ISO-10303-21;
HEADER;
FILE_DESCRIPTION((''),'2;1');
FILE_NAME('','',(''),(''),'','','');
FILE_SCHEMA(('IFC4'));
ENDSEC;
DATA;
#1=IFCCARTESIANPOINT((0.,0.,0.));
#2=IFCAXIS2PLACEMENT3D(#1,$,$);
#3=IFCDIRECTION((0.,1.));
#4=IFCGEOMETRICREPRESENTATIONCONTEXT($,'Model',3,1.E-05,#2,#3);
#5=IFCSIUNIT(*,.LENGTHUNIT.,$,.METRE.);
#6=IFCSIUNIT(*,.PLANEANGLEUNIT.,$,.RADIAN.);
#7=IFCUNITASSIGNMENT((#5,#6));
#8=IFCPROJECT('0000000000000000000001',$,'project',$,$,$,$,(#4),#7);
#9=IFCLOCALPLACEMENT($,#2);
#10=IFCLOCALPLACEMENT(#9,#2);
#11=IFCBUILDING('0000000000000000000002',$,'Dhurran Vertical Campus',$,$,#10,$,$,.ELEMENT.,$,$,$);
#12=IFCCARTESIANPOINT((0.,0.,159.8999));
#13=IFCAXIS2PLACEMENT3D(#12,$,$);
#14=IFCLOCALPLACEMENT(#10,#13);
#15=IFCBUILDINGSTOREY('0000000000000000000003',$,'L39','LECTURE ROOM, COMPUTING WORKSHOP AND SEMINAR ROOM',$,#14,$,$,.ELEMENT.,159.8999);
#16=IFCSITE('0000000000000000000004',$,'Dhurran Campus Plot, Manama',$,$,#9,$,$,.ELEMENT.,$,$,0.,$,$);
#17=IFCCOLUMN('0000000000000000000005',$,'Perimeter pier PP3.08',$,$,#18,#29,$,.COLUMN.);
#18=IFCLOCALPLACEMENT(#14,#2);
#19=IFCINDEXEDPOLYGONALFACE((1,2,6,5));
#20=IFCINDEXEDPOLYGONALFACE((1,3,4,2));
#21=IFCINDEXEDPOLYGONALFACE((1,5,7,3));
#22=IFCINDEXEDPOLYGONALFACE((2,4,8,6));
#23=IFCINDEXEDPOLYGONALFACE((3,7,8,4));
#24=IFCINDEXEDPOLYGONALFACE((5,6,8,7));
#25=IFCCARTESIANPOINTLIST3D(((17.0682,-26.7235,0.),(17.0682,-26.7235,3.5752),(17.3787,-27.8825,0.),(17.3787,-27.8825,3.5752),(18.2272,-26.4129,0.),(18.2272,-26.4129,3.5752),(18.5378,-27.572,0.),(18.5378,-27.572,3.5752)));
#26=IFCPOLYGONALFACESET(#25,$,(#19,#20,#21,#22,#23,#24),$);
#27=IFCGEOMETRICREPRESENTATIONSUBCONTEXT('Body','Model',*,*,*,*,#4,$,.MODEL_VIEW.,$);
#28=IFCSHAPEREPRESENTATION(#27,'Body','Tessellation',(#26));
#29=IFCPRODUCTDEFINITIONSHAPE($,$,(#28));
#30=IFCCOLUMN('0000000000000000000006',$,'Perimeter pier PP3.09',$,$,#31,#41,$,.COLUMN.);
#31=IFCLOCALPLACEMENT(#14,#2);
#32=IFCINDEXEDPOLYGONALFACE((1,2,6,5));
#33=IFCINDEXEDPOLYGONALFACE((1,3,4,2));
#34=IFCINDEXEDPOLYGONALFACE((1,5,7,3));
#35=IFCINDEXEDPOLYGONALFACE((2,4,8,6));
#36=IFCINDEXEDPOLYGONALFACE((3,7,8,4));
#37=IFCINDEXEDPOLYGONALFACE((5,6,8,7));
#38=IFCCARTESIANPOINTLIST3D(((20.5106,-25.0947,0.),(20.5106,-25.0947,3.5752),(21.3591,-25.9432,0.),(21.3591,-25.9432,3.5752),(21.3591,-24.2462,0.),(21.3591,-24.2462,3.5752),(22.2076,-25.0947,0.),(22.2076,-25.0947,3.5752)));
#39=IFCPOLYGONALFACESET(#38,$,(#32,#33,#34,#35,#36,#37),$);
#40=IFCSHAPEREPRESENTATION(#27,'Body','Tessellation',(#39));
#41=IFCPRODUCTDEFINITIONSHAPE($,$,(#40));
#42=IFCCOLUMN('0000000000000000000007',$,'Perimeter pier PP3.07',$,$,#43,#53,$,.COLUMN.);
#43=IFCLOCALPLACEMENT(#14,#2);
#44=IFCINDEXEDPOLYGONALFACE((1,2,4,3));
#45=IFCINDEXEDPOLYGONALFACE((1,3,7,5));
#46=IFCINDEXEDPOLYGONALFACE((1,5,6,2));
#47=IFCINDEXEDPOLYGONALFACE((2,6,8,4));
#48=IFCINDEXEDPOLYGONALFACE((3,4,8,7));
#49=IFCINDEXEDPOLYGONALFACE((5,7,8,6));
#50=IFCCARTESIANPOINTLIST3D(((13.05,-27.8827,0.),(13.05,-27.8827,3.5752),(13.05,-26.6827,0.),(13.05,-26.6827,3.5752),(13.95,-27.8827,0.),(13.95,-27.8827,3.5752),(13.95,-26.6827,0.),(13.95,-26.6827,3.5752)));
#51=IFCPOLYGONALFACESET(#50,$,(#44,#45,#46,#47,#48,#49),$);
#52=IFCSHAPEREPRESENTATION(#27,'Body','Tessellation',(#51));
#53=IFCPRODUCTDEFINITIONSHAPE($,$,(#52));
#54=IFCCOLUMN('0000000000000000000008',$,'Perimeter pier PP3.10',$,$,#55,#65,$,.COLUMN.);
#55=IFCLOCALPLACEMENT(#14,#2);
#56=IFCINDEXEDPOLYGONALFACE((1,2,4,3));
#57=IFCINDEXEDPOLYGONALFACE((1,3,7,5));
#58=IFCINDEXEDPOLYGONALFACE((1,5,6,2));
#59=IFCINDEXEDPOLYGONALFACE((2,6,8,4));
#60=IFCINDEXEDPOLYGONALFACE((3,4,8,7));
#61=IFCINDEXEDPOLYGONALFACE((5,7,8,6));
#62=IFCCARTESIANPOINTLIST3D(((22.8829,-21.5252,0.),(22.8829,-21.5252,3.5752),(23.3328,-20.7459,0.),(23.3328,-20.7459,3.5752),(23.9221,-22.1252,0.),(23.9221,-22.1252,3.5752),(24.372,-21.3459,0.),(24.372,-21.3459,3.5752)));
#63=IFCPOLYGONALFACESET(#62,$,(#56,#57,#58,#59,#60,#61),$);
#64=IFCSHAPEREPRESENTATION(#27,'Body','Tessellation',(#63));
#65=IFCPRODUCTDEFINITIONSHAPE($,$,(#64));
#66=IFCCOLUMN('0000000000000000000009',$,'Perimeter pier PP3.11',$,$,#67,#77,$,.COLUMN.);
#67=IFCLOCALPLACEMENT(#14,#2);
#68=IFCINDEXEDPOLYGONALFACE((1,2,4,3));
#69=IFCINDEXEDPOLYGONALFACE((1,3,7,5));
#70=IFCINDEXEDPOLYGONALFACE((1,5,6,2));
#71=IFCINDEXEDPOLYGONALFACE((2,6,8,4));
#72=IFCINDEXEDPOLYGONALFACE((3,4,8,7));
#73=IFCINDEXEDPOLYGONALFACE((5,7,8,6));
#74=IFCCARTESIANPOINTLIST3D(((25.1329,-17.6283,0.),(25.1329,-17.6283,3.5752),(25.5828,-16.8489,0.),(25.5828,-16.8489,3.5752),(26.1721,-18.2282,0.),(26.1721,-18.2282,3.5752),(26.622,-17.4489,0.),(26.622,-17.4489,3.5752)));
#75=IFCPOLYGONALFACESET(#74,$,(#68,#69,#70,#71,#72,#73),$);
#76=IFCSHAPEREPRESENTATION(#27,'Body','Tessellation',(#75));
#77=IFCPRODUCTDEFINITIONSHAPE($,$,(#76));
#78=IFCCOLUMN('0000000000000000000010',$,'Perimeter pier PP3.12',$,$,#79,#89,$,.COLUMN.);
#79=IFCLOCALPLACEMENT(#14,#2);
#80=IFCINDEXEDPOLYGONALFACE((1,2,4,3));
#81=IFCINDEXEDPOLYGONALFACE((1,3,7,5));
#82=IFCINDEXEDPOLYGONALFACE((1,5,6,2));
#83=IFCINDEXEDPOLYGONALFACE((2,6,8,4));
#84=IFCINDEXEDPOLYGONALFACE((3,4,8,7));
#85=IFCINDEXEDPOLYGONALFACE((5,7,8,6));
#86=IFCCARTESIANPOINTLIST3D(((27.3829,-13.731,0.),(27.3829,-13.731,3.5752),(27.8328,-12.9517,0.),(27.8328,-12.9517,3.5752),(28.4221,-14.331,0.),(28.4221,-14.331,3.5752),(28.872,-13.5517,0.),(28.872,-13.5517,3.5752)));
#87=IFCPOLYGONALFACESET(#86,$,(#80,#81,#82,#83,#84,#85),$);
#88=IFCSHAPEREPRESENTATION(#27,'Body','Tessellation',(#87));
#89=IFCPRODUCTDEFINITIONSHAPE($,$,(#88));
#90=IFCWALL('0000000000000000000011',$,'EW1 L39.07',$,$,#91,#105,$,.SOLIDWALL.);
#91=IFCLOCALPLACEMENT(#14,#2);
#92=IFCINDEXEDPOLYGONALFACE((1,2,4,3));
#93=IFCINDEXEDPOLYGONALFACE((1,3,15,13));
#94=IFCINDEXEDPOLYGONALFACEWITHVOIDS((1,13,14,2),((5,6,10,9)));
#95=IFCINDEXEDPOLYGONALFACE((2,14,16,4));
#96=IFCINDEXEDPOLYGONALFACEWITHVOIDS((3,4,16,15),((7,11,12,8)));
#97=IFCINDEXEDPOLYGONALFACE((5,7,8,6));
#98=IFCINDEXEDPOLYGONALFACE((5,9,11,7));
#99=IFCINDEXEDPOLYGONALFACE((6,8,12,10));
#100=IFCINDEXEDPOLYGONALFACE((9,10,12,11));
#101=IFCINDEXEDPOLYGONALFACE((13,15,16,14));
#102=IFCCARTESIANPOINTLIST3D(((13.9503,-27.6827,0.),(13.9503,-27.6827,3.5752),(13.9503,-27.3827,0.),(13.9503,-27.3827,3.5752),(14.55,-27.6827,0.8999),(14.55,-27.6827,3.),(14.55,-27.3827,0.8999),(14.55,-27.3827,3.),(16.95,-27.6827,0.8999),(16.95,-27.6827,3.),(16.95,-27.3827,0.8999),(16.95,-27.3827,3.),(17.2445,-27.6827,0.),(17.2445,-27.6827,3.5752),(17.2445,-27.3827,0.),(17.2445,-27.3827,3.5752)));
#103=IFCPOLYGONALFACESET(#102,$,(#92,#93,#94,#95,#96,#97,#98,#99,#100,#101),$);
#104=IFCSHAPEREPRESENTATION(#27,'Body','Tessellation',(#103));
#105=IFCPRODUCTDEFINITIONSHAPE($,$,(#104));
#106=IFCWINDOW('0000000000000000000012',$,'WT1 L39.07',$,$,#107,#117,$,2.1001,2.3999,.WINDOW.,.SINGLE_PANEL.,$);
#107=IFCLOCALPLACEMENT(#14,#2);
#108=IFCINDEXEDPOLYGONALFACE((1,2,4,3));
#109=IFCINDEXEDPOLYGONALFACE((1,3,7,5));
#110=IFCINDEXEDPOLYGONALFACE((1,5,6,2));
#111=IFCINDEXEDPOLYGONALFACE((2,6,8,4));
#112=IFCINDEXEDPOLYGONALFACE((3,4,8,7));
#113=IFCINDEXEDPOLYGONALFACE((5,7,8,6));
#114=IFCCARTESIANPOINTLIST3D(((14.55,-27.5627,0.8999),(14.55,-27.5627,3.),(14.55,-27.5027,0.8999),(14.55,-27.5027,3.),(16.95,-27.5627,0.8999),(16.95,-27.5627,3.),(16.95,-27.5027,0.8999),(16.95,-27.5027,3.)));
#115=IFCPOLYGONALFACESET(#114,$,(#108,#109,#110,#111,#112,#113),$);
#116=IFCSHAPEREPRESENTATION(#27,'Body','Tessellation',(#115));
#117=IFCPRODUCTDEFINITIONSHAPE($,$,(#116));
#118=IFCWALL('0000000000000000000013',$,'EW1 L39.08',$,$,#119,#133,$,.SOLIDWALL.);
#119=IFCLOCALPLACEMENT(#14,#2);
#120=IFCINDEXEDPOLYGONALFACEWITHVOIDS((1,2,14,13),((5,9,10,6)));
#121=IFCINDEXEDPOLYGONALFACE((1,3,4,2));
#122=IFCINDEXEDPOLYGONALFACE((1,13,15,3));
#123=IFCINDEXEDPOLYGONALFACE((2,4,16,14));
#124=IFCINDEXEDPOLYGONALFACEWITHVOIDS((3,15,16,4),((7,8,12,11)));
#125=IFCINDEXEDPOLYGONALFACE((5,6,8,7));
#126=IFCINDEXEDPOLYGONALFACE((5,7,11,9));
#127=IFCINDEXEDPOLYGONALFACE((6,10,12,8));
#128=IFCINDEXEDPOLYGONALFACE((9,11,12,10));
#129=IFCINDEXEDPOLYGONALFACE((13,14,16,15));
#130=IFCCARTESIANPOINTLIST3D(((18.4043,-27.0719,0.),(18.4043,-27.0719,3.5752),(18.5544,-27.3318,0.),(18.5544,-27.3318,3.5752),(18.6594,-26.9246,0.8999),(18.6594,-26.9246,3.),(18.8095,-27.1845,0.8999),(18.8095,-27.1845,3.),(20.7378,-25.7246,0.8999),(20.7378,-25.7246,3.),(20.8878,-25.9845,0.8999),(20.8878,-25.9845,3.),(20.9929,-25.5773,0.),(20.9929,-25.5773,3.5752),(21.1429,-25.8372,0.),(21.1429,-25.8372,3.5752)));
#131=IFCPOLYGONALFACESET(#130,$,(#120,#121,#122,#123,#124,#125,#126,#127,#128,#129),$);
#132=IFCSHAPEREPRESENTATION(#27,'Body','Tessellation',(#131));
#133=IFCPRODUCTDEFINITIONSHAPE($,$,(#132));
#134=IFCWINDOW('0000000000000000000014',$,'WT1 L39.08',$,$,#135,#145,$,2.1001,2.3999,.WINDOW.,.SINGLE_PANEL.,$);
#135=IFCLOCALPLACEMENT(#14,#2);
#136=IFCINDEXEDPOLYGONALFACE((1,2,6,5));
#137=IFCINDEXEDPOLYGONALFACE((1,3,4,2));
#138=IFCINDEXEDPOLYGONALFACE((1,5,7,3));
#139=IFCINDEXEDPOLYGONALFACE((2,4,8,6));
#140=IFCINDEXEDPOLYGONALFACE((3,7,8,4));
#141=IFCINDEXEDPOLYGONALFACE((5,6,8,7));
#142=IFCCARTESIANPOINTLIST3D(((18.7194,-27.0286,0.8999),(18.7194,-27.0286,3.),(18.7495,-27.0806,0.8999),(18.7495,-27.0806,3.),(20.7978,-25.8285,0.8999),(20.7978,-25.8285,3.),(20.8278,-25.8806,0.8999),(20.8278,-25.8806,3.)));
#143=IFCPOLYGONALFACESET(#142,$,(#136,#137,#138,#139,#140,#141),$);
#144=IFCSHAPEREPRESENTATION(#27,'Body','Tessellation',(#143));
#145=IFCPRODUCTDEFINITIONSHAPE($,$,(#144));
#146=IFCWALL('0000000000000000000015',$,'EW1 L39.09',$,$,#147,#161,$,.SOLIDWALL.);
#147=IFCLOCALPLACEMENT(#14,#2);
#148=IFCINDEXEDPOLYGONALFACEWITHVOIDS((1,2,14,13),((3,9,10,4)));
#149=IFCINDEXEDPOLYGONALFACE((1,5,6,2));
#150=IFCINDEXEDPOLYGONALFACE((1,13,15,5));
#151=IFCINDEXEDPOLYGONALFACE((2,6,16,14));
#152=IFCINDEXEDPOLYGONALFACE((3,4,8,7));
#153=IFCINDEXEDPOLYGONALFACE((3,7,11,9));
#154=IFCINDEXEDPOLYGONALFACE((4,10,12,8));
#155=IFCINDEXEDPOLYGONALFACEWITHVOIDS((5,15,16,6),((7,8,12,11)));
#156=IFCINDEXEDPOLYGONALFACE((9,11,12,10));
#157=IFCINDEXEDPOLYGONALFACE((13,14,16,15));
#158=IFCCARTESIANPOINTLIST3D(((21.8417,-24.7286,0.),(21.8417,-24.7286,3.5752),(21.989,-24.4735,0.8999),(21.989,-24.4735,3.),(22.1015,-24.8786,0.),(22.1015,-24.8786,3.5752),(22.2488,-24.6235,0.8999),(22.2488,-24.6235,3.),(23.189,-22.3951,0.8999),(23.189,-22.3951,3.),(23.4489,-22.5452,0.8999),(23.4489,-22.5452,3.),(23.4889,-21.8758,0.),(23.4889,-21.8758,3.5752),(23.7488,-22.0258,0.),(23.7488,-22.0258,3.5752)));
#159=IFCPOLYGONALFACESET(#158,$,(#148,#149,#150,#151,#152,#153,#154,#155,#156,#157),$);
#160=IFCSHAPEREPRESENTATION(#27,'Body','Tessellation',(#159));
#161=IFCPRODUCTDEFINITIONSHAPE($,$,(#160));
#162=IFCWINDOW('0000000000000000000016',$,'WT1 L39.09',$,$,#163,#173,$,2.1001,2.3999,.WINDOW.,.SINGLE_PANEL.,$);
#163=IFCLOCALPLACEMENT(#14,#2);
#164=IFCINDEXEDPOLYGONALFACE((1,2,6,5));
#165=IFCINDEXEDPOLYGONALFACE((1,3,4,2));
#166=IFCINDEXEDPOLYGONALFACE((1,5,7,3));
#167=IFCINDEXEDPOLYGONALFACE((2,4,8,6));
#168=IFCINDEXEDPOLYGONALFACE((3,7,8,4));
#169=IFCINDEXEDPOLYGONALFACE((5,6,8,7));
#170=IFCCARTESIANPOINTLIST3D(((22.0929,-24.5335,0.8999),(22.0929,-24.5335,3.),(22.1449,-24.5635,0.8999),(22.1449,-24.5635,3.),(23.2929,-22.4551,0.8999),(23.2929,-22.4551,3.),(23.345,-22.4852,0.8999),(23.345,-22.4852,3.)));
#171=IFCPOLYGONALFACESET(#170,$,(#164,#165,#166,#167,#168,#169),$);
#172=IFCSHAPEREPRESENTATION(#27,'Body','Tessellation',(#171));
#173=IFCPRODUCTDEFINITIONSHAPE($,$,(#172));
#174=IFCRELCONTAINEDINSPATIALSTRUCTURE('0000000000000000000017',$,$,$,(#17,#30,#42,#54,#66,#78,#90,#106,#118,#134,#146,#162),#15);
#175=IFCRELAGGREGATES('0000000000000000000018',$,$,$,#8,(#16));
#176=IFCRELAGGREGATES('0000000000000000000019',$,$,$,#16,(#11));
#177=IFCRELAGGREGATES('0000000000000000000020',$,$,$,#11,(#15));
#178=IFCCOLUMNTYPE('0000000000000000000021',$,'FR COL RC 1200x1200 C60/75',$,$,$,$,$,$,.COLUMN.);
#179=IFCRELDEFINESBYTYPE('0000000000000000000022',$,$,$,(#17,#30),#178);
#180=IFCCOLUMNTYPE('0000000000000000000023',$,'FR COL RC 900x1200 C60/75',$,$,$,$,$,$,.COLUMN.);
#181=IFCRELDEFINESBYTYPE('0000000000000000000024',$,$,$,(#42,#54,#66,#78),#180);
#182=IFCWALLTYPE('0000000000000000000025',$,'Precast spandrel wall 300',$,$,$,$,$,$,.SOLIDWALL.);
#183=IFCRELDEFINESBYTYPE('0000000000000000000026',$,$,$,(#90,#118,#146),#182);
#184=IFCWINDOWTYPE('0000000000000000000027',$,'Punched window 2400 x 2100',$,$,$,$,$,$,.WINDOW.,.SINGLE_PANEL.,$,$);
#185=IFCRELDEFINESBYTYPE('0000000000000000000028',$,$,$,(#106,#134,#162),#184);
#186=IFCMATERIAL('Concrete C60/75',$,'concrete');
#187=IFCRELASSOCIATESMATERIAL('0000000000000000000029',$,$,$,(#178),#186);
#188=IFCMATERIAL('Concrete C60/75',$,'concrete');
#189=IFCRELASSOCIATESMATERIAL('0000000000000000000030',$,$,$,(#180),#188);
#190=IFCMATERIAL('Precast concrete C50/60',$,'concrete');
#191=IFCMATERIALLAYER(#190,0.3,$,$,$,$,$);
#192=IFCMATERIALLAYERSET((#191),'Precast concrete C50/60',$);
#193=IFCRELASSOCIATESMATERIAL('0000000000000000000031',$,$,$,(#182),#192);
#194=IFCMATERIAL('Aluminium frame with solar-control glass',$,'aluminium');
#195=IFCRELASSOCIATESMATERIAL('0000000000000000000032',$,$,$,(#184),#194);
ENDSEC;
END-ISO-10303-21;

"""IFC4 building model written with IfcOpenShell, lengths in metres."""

from ifc_helpers import new_model, si_unit, direction, frame, frame_2d, origin, origin_2d, place, context, subcontext, project, spatial, rectangle, extrude, material, layer, layer_set, material_profile, profile_set, type_object, element, fill, save


model = new_model("IFC4")

# Units and contexts
model_context = context("Model", 3, precision=1e-05, world=origin(), true_north=direction((0.0, 1.0)))
body_context = subcontext(model_context, "Body", "Model", "MODEL_VIEW")
ifc_project = project(units=[si_unit("LENGTHUNIT", "METRE"), si_unit("PLANEANGLEUNIT", "RADIAN")], contexts=[model_context])

# Site, building, storey
site_placement = place(None, origin())
site = spatial("IfcSite", under=ifc_project, at=site_placement, Name="Dhurran Campus Plot, Manama", CompositionType="ELEMENT", RefElevation=0.0)
building_placement = place(site_placement, origin())
building = spatial("IfcBuilding", under=site, at=building_placement, Name="Dhurran Vertical Campus", CompositionType="ELEMENT")
storey_placement = place(building_placement, frame((0.0, 0.0, 159.8999)))
storey = spatial("IfcBuildingStorey", under=building, at=storey_placement, Name="L39", Description="LECTURE ROOM, COMPUTING WORKSHOP AND SEMINAR ROOM", CompositionType="ELEMENT", Elevation=159.8999)

# Columns
ifc_material_1 = material(Name="Concrete C60/75", Category="concrete")
ifc_material_profile_1 = material_profile(ifc_material_1, rectangle(XDim=1.2, YDim=1.2, at=origin_2d()), Name="RC 1200x1200")
ifc_profile_set_1 = profile_set([ifc_material_profile_1], Name="Concrete C60/75")
column_type_1 = type_object("IfcColumnType", Name="FR COL RC 1200x1200 C60/75", PredefinedType="COLUMN", material=ifc_profile_set_1)
for number, where, z_axis, x_axis, name in (
    (1, (17.803, -27.1477, 0.0), (0.0, 0.0, 1.0), (0.965926, 0.258819, 0.0), "Perimeter pier PP3.08"),
    (2, (21.3591, -25.0947, 0.0), (0.0, 0.0, 1.0), (0.707107, 0.707107, 0.0), "Perimeter pier PP3.09"),
):
    element("IfcColumn", number, at=place(storey_placement, frame(where, z_axis=z_axis, x_axis=x_axis)), inside=storey, type_object=column_type_1, Name=name, PredefinedType="COLUMN", context=body_context, shape_type="SweptSolid", body=[
        extrude(rectangle(XDim=1.2, YDim=1.2, at=origin_2d()), origin(), (0.0, 0.0, 1.0), 3.5752),
    ])
ifc_material_2 = material(Name="Concrete C60/75", Category="concrete")
ifc_material_profile_2 = material_profile(ifc_material_2, rectangle(XDim=0.8999, YDim=1.2, at=origin_2d()), Name="RC 900x1200")
ifc_profile_set_2 = profile_set([ifc_material_profile_2], Name="Concrete C60/75")
column_type_2 = type_object("IfcColumnType", Name="FR COL RC 900x1200 C60/75", PredefinedType="COLUMN", material=ifc_profile_set_2)
for number, where, z_axis, x_axis, name in (
    (3, (13.5, -27.2827, 0.0), (0.0, 0.0, 1.0), (1.0, 0.0, 0.0), "Perimeter pier PP3.07"),
    (4, (23.6274, -21.4355, 0.0), (0.0, 0.0, 1.0), (0.5, 0.866025, 0.0), "Perimeter pier PP3.10"),
    (5, (25.8774, -17.5386, 0.0), (0.0, 0.0, 1.0), (0.5, 0.866025, 0.0), "Perimeter pier PP3.11"),
    (6, (28.1274, -13.6414, 0.0), (0.0, 0.0, 1.0), (0.5, 0.866025, 0.0), "Perimeter pier PP3.12"),
):
    element("IfcColumn", number, at=place(storey_placement, frame(where, z_axis=z_axis, x_axis=x_axis)), inside=storey, type_object=column_type_2, Name=name, PredefinedType="COLUMN", context=body_context, shape_type="SweptSolid", body=[
        extrude(rectangle(XDim=0.8999, YDim=1.2, at=origin_2d()), origin(), (0.0, 0.0, 1.0), 3.5752),
    ])

# Walls, openings, windows
ifc_material_3 = material(Name="Precast concrete C50/60", Category="concrete")
ifc_layer_1 = layer(ifc_material_3, 0.3)
ifc_layer_set_1 = layer_set([ifc_layer_1], Name="Precast concrete C50/60")
wall_type_1 = type_object("IfcWallType", Name="Precast spandrel wall 300", PredefinedType="SOLIDWALL", material=ifc_layer_set_1)
wall_1_placement = place(storey_placement, frame((13.9504, -27.5327, 0.0), z_axis=(0.0, 0.0, 1.0), x_axis=(1.0, 0.0, 0.0)))
wall_1 = element("IfcWall", 7, at=wall_1_placement, inside=storey, type_object=wall_type_1, Name="EW1 L39.07", PredefinedType="SOLIDWALL", context=body_context, shape_type="SweptSolid", body=[
    extrude(rectangle(XDim=3.2942, YDim=0.3, at=frame_2d((1.647, 0.0))), origin(), (0.0, 0.0, 1.0), 3.5752),
])
opening_1_placement = place(wall_1_placement, frame((0.5996, 0.0, 0.8999)))
opening_1 = element("IfcOpeningElement", 8, at=opening_1_placement, cuts=wall_1, PredefinedType="OPENING", context=body_context, shape_type="SweptSolid", body=[
    extrude(rectangle(XDim=2.3999, YDim=2.1001, at=frame_2d((1.2, 1.05))), frame((0.0, 0.1599, 0.0), z_axis=(0.0, -1.0, 0.0), x_axis=(1.0, 0.0, 0.0)), (0.0, 0.0, 1.0), 0.3201),
])
ifc_material_4 = material(Name="Aluminium frame with solar-control glass", Category="aluminium")
window_type = type_object("IfcWindowType", Name="Punched window 2400 x 2100", PartitioningType="SINGLE_PANEL", PredefinedType="WINDOW", material=ifc_material_4)
window_1_placement = place(opening_1_placement, origin())
window_1 = element("IfcWindow", 9, at=window_1_placement, inside=storey, type_object=window_type, Name="WT1 L39.07", OverallHeight=2.1001, OverallWidth=2.3999, PartitioningType="SINGLE_PANEL", PredefinedType="WINDOW", context=body_context, shape_type="SweptSolid", body=[
    extrude(rectangle(XDim=2.3999, YDim=2.1001, at=frame_2d((1.2, 1.05))), frame((0.0, 0.03, 0.0), z_axis=(0.0, -1.0, 0.0), x_axis=(1.0, 0.0, 0.0)), (0.0, 0.0, 1.0), 0.0601),
])
fill(opening_1, window_1)
wall_2_placement = place(storey_placement, frame((18.4792, -27.2019, 0.0), z_axis=(0.0, 0.0, 1.0), x_axis=(0.866013, 0.500022, 0.0)))
wall_2 = element("IfcWall", 10, at=wall_2_placement, inside=storey, type_object=wall_type_1, Name="EW1 L39.08", PredefinedType="SOLIDWALL", context=body_context, shape_type="SweptSolid", body=[
    extrude(rectangle(XDim=2.989, YDim=0.3, at=frame_2d((1.4946, 0.0))), origin(), (0.0, 0.0, 1.0), 3.5752),
])
opening_2_placement = place(wall_2_placement, frame((0.2947, 0.0, 0.8999)))
opening_2 = element("IfcOpeningElement", 11, at=opening_2_placement, cuts=wall_2, PredefinedType="OPENING", context=body_context, shape_type="SweptSolid", body=[
    extrude(rectangle(XDim=2.3999, YDim=2.1001, at=frame_2d((1.2, 1.05))), frame((0.0, 0.1599, 0.0), z_axis=(0.0, -1.0, 0.0), x_axis=(1.0, 0.0, 0.0)), (0.0, 0.0, 1.0), 0.3201),
])
window_2_placement = place(opening_2_placement, origin())
window_2 = element("IfcWindow", 12, at=window_2_placement, inside=storey, type_object=window_type, Name="WT1 L39.08", OverallHeight=2.1001, OverallWidth=2.3999, PartitioningType="SINGLE_PANEL", PredefinedType="WINDOW", context=body_context, shape_type="SweptSolid", body=[
    extrude(rectangle(XDim=2.3999, YDim=2.1001, at=frame_2d((1.2, 1.05))), frame((0.0, 0.03, 0.0), z_axis=(0.0, -1.0, 0.0), x_axis=(1.0, 0.0, 0.0)), (0.0, 0.0, 1.0), 0.0601),
])
fill(opening_2, window_2)
wall_3_placement = place(storey_placement, frame((21.9717, -24.8035, 0.0), z_axis=(0.0, 0.0, 1.0), x_axis=(0.500037, 0.866004, 0.0)))
wall_3 = element("IfcWall", 13, at=wall_3_placement, inside=storey, type_object=wall_type_1, Name="EW1 L39.09", PredefinedType="SOLIDWALL", context=body_context, shape_type="SweptSolid", body=[
    extrude(rectangle(XDim=3.2942, YDim=0.3, at=frame_2d((1.647, 0.0))), origin(), (0.0, 0.0, 1.0), 3.5752),
])
opening_3_placement = place(wall_3_placement, frame((0.2944, 0.0, 0.8999)))
opening_3 = element("IfcOpeningElement", 14, at=opening_3_placement, cuts=wall_3, PredefinedType="OPENING", context=body_context, shape_type="SweptSolid", body=[
    extrude(rectangle(XDim=2.3999, YDim=2.1001, at=frame_2d((1.2, 1.05))), frame((0.0, 0.1599, 0.0), z_axis=(0.0, -1.0, 0.0), x_axis=(1.0, 0.0, 0.0)), (0.0, 0.0, 1.0), 0.3201),
])
window_3_placement = place(opening_3_placement, origin())
window_3 = element("IfcWindow", 15, at=window_3_placement, inside=storey, type_object=window_type, Name="WT1 L39.09", OverallHeight=2.1001, OverallWidth=2.3999, PartitioningType="SINGLE_PANEL", PredefinedType="WINDOW", context=body_context, shape_type="SweptSolid", body=[
    extrude(rectangle(XDim=2.3999, YDim=2.1001, at=frame_2d((1.2, 1.05))), frame((0.0, 0.03, 0.0), z_axis=(0.0, -1.0, 0.0), x_axis=(1.0, 0.0, 0.0)), (0.0, 0.0, 1.0), 0.0601),
])
fill(opening_3, window_3)

save(model, "model.ifc")
